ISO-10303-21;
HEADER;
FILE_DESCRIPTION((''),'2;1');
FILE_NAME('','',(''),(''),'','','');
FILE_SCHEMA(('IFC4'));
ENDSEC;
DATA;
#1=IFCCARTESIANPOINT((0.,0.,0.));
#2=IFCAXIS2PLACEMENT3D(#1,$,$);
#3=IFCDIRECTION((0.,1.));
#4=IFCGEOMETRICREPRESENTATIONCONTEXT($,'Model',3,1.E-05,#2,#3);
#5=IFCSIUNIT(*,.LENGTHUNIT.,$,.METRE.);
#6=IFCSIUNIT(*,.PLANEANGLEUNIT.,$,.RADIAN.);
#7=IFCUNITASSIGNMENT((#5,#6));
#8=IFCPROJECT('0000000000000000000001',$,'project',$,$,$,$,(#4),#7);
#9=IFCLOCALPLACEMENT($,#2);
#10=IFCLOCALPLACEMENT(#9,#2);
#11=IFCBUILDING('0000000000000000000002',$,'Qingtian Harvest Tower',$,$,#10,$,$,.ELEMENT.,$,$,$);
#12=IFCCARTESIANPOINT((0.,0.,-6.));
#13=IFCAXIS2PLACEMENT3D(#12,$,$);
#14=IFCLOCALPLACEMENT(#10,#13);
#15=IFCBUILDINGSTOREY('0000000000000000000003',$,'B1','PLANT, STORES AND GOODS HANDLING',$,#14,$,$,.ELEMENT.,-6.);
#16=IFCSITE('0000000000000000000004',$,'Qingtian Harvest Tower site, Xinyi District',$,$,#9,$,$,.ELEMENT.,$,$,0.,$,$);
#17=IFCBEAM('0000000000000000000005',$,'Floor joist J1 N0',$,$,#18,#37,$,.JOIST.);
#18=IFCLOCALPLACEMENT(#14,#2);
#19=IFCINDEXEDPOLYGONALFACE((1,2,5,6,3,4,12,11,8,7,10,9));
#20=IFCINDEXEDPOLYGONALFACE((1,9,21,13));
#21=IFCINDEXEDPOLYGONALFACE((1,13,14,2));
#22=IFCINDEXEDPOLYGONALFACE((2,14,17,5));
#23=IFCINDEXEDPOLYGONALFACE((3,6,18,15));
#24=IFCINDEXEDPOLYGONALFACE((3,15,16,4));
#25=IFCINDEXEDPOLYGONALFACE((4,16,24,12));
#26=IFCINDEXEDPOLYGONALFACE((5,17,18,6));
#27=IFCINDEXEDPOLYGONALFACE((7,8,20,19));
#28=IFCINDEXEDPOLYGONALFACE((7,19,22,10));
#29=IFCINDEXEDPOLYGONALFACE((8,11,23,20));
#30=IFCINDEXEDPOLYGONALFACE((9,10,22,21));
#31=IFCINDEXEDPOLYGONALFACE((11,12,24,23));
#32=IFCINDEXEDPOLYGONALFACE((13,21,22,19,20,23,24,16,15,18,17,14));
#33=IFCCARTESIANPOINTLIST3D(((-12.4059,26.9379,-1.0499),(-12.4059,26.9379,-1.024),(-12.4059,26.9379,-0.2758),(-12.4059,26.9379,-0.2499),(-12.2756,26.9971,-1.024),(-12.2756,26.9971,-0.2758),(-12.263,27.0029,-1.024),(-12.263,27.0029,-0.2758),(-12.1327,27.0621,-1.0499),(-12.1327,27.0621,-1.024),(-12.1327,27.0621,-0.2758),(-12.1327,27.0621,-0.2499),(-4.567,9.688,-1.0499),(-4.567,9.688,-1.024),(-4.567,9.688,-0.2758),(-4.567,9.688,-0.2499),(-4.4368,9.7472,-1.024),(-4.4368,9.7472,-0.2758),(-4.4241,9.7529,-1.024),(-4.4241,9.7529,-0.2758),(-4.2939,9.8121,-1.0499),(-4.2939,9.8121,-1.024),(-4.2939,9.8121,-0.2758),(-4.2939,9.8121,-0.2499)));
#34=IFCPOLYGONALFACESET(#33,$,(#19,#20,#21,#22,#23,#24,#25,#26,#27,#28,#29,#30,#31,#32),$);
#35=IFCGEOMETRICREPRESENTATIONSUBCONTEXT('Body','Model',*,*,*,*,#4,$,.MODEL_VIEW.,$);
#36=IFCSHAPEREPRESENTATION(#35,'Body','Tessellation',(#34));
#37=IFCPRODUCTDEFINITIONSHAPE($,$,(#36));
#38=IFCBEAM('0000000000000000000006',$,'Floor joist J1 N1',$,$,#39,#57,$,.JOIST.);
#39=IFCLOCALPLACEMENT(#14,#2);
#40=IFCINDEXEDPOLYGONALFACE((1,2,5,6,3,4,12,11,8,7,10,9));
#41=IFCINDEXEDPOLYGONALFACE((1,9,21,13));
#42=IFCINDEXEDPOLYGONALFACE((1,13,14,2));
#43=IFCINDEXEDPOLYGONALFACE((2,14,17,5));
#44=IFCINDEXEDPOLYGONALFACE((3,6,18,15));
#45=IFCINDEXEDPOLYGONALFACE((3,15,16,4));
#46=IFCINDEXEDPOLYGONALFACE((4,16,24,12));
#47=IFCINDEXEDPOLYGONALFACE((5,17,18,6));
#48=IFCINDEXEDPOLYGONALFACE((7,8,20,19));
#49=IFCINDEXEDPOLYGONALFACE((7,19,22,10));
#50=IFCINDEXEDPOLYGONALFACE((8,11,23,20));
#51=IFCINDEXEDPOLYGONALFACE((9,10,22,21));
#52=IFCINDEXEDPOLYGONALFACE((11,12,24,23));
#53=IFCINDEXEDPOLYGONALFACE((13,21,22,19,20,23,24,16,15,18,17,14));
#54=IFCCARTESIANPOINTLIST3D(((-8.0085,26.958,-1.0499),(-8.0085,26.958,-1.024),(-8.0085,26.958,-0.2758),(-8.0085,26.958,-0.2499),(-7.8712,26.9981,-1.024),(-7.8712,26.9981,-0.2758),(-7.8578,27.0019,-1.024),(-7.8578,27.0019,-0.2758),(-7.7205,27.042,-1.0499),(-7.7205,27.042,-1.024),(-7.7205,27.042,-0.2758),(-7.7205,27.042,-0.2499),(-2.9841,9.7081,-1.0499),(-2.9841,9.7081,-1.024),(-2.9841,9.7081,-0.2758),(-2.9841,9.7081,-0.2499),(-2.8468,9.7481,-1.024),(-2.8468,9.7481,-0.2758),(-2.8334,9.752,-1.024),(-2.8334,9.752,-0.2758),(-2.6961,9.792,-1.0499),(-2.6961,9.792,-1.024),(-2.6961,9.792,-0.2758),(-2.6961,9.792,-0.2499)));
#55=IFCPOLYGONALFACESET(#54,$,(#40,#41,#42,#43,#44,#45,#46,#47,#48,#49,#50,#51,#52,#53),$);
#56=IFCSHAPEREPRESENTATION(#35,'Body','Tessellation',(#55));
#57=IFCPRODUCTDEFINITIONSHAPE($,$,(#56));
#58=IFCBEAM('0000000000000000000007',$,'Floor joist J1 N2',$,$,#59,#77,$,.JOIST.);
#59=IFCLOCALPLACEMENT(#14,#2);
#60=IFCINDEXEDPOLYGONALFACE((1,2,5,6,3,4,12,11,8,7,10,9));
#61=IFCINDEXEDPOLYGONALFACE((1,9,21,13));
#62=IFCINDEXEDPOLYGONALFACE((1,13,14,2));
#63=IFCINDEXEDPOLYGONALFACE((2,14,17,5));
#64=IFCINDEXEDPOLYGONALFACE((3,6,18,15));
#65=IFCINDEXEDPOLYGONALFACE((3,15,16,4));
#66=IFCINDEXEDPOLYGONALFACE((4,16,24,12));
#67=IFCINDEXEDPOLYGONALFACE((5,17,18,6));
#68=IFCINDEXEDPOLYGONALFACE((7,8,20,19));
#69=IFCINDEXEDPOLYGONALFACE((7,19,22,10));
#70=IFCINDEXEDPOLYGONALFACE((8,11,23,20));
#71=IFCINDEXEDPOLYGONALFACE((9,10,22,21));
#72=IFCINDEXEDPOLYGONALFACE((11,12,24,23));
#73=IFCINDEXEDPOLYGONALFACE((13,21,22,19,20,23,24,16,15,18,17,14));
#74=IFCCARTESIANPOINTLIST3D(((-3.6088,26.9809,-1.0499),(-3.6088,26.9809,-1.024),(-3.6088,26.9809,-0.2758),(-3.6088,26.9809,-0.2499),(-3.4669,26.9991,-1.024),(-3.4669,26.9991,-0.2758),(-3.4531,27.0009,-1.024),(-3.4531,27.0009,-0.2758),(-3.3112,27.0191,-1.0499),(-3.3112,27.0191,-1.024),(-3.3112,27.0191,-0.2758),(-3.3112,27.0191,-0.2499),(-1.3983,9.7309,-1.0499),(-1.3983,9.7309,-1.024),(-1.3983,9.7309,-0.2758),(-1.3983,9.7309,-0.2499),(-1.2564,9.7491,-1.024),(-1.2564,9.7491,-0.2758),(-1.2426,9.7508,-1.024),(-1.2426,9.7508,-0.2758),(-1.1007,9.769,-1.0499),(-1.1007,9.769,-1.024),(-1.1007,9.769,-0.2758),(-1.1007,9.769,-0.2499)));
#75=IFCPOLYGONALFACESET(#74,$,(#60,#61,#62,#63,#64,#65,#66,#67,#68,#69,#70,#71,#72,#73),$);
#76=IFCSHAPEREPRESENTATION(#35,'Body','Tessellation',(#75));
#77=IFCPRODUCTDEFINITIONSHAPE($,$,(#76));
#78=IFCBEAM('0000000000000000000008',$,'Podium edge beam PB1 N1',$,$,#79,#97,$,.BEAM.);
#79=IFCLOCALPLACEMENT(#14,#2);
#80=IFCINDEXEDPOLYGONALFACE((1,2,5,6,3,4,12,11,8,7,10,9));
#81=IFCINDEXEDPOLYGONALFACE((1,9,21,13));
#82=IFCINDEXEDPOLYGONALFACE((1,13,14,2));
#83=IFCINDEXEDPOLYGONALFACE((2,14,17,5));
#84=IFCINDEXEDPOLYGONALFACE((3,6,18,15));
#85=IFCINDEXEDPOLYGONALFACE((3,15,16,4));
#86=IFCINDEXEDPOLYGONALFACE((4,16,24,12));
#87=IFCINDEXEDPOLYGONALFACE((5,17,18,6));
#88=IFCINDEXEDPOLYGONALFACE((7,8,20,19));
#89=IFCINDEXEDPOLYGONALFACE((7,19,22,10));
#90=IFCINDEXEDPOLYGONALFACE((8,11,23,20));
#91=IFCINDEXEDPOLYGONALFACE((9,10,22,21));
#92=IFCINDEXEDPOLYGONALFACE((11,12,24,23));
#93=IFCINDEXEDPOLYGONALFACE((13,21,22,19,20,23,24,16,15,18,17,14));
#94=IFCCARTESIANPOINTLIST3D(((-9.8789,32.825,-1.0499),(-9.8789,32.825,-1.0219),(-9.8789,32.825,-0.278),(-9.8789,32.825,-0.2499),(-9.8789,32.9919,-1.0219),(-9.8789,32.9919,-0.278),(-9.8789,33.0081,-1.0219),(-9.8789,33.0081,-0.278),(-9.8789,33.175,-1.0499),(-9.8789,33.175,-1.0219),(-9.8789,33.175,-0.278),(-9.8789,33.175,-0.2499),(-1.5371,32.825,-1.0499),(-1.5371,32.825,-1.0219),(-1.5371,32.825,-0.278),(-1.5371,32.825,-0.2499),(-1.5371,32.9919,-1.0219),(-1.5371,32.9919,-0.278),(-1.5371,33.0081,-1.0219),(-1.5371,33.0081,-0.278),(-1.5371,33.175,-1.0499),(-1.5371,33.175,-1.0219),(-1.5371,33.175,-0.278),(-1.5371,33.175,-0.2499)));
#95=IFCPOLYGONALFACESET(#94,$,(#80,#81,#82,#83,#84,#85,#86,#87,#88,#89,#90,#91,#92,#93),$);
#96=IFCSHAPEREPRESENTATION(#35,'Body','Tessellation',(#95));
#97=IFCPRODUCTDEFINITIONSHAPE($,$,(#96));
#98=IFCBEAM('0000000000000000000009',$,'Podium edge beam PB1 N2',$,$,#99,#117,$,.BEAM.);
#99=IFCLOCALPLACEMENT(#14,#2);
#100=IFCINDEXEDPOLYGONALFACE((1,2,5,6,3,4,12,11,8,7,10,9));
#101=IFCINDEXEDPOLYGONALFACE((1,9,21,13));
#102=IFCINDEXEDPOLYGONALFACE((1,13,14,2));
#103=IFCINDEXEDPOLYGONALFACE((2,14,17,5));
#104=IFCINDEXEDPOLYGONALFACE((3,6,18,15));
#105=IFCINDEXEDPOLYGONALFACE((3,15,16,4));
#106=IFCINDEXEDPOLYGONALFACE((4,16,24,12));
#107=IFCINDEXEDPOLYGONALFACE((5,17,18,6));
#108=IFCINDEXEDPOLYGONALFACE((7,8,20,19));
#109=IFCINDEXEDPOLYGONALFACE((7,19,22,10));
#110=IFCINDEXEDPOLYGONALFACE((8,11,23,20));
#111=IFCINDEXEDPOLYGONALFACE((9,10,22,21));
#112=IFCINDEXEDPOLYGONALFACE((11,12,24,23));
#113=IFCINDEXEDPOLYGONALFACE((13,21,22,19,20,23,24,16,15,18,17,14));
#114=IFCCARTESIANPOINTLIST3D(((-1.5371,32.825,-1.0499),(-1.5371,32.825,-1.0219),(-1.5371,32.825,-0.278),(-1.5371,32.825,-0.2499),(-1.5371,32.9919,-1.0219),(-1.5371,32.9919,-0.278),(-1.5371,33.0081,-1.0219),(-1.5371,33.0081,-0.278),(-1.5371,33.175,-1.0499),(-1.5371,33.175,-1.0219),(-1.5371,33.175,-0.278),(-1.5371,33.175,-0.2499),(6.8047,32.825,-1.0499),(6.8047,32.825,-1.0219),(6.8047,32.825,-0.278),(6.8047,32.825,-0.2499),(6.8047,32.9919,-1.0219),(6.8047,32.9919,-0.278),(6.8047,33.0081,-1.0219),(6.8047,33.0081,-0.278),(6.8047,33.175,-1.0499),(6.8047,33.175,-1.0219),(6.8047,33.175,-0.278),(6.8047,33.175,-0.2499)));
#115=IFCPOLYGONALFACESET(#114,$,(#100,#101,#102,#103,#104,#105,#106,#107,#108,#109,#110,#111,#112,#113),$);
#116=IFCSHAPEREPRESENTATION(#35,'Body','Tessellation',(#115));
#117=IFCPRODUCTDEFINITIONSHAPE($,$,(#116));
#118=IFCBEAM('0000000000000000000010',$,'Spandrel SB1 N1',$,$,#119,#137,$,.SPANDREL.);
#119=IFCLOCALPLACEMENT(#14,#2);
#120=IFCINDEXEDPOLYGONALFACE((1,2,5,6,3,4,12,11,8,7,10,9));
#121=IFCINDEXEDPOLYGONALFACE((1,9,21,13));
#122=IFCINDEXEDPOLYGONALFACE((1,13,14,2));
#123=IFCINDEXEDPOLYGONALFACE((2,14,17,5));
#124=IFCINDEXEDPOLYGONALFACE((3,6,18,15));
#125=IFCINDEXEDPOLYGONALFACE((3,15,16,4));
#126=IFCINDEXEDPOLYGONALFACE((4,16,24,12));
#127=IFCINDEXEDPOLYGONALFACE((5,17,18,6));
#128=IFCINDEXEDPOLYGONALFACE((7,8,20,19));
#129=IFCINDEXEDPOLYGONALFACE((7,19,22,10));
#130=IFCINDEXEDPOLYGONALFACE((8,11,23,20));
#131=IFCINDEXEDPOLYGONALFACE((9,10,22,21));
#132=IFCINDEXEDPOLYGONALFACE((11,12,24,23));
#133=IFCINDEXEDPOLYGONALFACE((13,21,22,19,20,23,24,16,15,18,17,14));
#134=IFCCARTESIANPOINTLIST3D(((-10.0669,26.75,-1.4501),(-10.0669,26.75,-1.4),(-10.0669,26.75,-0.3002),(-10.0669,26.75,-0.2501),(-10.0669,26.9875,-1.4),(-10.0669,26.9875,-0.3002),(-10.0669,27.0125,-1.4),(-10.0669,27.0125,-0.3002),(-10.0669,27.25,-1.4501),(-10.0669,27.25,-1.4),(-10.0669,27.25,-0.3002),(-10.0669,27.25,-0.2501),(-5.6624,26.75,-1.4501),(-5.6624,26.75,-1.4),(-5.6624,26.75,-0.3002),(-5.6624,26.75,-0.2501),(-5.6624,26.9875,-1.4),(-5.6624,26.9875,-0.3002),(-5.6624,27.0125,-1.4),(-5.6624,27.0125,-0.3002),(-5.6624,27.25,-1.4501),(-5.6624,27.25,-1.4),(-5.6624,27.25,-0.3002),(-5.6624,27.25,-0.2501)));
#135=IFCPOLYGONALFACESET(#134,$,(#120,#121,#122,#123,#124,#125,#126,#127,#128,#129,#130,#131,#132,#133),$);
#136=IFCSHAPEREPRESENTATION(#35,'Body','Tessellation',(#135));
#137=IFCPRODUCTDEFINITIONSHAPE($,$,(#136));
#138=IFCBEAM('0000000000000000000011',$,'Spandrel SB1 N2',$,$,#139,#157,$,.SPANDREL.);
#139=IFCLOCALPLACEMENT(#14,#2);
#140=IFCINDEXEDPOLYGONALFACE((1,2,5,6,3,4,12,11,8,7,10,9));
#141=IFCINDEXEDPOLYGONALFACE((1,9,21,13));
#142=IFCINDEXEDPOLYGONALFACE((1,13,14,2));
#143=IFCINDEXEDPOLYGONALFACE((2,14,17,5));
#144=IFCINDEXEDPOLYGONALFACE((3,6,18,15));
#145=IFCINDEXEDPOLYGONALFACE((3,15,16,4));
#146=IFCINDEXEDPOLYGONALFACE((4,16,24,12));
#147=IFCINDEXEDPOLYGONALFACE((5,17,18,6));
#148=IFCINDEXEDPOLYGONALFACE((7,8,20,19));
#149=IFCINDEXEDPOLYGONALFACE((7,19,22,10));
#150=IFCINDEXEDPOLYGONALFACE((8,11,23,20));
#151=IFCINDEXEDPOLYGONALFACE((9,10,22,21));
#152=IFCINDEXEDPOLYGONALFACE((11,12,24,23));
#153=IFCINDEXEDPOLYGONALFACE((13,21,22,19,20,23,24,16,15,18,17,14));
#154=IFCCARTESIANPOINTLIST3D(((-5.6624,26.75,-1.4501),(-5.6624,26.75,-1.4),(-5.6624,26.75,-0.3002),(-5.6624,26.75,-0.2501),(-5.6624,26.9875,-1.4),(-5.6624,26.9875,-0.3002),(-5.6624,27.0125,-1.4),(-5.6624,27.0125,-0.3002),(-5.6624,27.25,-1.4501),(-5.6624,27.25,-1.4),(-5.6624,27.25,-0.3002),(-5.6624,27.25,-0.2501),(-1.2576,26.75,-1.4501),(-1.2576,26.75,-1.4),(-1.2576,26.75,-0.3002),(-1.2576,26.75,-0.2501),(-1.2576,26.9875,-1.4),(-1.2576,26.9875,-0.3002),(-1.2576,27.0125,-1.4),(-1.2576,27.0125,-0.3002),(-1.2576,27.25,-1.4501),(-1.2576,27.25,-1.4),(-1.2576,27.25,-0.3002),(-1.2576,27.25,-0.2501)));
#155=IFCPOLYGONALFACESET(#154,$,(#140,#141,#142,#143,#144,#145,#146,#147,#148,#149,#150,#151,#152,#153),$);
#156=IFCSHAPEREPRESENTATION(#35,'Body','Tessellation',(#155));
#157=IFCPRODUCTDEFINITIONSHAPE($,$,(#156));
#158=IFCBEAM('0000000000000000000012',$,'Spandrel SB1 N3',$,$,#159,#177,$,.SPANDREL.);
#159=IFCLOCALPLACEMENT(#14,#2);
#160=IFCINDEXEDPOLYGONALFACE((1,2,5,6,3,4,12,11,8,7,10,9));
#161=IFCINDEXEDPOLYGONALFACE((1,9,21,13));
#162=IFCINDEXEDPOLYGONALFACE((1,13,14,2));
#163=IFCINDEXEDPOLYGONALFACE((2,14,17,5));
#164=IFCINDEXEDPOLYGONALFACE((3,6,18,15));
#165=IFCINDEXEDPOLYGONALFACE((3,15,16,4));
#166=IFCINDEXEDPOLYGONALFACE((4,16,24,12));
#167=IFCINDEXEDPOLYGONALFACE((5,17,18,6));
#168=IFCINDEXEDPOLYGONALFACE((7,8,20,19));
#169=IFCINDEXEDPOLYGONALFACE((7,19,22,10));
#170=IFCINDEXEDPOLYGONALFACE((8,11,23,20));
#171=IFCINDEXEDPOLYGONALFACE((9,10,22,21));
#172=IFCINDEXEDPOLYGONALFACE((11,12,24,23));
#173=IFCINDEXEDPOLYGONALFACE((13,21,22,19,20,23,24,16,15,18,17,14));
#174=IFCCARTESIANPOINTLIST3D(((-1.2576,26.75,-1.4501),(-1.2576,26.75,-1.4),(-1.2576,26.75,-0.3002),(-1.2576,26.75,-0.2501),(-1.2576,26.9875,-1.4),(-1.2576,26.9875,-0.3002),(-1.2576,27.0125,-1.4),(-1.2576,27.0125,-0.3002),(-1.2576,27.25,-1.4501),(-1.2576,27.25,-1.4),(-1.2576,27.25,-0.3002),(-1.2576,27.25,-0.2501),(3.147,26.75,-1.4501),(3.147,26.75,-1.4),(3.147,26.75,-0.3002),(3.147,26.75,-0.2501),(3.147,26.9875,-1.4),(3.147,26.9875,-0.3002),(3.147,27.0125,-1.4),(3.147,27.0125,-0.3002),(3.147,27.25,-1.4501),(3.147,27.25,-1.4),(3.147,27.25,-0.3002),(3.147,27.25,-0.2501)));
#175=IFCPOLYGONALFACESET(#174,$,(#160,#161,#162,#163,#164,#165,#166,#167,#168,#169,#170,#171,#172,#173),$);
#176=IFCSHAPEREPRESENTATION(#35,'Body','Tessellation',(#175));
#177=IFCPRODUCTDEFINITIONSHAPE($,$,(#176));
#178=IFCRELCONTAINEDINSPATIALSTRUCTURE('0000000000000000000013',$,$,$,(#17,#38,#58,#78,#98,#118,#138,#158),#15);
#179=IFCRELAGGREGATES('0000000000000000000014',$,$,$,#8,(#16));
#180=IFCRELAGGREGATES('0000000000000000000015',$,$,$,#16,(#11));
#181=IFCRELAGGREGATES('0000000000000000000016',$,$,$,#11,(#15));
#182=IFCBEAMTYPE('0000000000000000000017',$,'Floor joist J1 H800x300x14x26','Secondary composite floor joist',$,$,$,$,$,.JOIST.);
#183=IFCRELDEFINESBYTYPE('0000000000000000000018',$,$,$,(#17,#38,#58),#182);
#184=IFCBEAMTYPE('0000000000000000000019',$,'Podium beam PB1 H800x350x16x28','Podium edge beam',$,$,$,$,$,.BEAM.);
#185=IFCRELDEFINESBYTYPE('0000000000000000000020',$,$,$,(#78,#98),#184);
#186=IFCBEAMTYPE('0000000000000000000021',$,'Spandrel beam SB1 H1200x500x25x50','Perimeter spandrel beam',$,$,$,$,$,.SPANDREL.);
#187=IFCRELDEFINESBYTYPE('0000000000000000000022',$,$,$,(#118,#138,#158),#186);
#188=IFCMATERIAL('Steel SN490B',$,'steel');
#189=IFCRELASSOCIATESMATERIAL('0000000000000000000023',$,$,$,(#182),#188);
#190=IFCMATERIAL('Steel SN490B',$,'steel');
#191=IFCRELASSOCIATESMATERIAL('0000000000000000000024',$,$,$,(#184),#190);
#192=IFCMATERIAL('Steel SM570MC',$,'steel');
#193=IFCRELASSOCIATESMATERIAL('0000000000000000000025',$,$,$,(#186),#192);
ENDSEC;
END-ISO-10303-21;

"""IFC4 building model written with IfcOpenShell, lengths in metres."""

from ifc_helpers import new_model, si_unit, direction, frame, origin, origin_2d, place, context, subcontext, project, spatial, i_section, extrude, material, material_profile, profile_set, type_object, element, save


model = new_model("IFC4")

# Units and contexts
model_context = context("Model", 3, precision=1e-05, world=origin(), true_north=direction((0.0, 1.0)))
body_context = subcontext(model_context, "Body", "Model", "MODEL_VIEW")
ifc_project = project(units=[si_unit("LENGTHUNIT", "METRE"), si_unit("PLANEANGLEUNIT", "RADIAN")], contexts=[model_context])

# Site, building, storey
site_placement = place(None, origin())
site = spatial("IfcSite", under=ifc_project, at=site_placement, Name="Qingtian Harvest Tower site, Xinyi District", CompositionType="ELEMENT", RefElevation=0.0)
building_placement = place(site_placement, origin())
building = spatial("IfcBuilding", under=site, at=building_placement, Name="Qingtian Harvest Tower", CompositionType="ELEMENT")
storey_placement = place(building_placement, frame((0.0, 0.0, -6.0)))
storey = spatial("IfcBuildingStorey", under=building, at=storey_placement, Name="B1", Description="PLANT, STORES AND GOODS HANDLING", CompositionType="ELEMENT", Elevation=-6.0)

# Beams
ifc_material_1 = material(Name="Steel SN490B", Category="steel")
ifc_material_profile_1 = material_profile(ifc_material_1, i_section(OverallWidth=0.3, OverallDepth=0.8, WebThickness=0.0139, FlangeThickness=0.0259, at=origin_2d()), Name="H800x300x14x26")
ifc_profile_set_1 = profile_set([ifc_material_profile_1], Name="Steel SN490B")
beam_type_1 = type_object("IfcBeamType", Name="Floor joist J1 H800x300x14x26", Description="Secondary composite floor joist", PredefinedType="JOIST", material=ifc_profile_set_1)
beam_1_placement = place(storey_placement, frame((-12.2693, 27.0, -0.6499), z_axis=(0.413714, -0.910407, 0.0), x_axis=(0.910407, 0.413714, 0.0)))
element("IfcBeam", 1, at=beam_1_placement, inside=storey, type_object=beam_type_1, Name="Floor joist J1 N0", PredefinedType="JOIST", context=body_context, shape_type="SweptSolid", body=[
    extrude(i_section(OverallWidth=0.3, OverallDepth=0.8, WebThickness=0.0139, FlangeThickness=0.0259, at=origin_2d()), origin(), (0.0, 0.0, 1.0), 18.9475),
])
beam_2_placement = place(storey_placement, frame((-7.8645, 27.0, -0.6499), z_axis=(0.279649, -0.960102, 0.0), x_axis=(0.960102, 0.279649, 0.0)))
element("IfcBeam", 2, at=beam_2_placement, inside=storey, type_object=beam_type_1, Name="Floor joist J1 N1", PredefinedType="JOIST", context=body_context, shape_type="SweptSolid", body=[
    extrude(i_section(OverallWidth=0.3, OverallDepth=0.8, WebThickness=0.0139, FlangeThickness=0.0259, at=origin_2d()), origin(), (0.0, 0.0, 1.0), 17.9668),
])
beam_3_placement = place(storey_placement, frame((-3.46, 27.0, -0.6499), z_axis=(0.127103, -0.99189, 0.0), x_axis=(0.99189, 0.127103, 0.0)))
element("IfcBeam", 3, at=beam_3_placement, inside=storey, type_object=beam_type_1, Name="Floor joist J1 N2", PredefinedType="JOIST", context=body_context, shape_type="SweptSolid", body=[
    extrude(i_section(OverallWidth=0.3, OverallDepth=0.8, WebThickness=0.0139, FlangeThickness=0.0259, at=origin_2d()), origin(), (0.0, 0.0, 1.0), 17.3911),
])
ifc_material_2 = material(Name="Steel SN490B", Category="steel")
ifc_material_profile_2 = material_profile(ifc_material_2, i_section(OverallWidth=0.3501, OverallDepth=0.8, WebThickness=0.0161, FlangeThickness=0.0281, at=origin_2d()), Name="H800x350x16x28")
ifc_profile_set_2 = profile_set([ifc_material_profile_2], Name="Steel SN490B")
beam_type_2 = type_object("IfcBeamType", Name="Podium beam PB1 H800x350x16x28", Description="Podium edge beam", PredefinedType="BEAM", material=ifc_profile_set_2)
for number, where, z_axis, x_axis, name in (
    (4, (-9.8789, 33.0, -0.6499), (1.0, 0.0, 0.0), (0.0, 1.0, 0.0), "Podium edge beam PB1 N1"),
    (5, (-1.5371, 33.0, -0.6499), (1.0, 0.0, 0.0), (0.0, 1.0, 0.0), "Podium edge beam PB1 N2"),
):
    element("IfcBeam", number, at=place(storey_placement, frame(where, z_axis=z_axis, x_axis=x_axis)), inside=storey, type_object=beam_type_2, Name=name, PredefinedType="BEAM", context=body_context, shape_type="SweptSolid", body=[
        extrude(i_section(OverallWidth=0.3501, OverallDepth=0.8, WebThickness=0.0161, FlangeThickness=0.0281, at=origin_2d()), origin(), (0.0, 0.0, 1.0), 8.3418),
    ])
ifc_material_3 = material(Name="Steel SM570MC", Category="steel")
ifc_material_profile_3 = material_profile(ifc_material_3, i_section(OverallWidth=0.5, OverallDepth=1.2, WebThickness=0.0249, FlangeThickness=0.05, at=origin_2d()), Name="H1200x500x25x50")
ifc_profile_set_3 = profile_set([ifc_material_profile_3], Name="Steel SM570MC")
beam_type_3 = type_object("IfcBeamType", Name="Spandrel beam SB1 H1200x500x25x50", Description="Perimeter spandrel beam", PredefinedType="SPANDREL", material=ifc_profile_set_3)
beam_4_placement = place(storey_placement, frame((-10.0669, 27.0, -0.8501), z_axis=(1.0, 0.0, 0.0), x_axis=(0.0, 1.0, 0.0)))
element("IfcBeam", 6, at=beam_4_placement, inside=storey, type_object=beam_type_3, Name="Spandrel SB1 N1", PredefinedType="SPANDREL", context=body_context, shape_type="SweptSolid", body=[
    extrude(i_section(OverallWidth=0.5, OverallDepth=1.2, WebThickness=0.0249, FlangeThickness=0.05, at=origin_2d()), origin(), (0.0, 0.0, 1.0), 4.4045),
])
beam_5_placement = place(storey_placement, frame((-5.6624, 27.0, -0.8501), z_axis=(1.0, 0.0, 0.0), x_axis=(0.0, 1.0, 0.0)))
element("IfcBeam", 7, at=beam_5_placement, inside=storey, type_object=beam_type_3, Name="Spandrel SB1 N2", PredefinedType="SPANDREL", context=body_context, shape_type="SweptSolid", body=[
    extrude(i_section(OverallWidth=0.5, OverallDepth=1.2, WebThickness=0.0249, FlangeThickness=0.05, at=origin_2d()), origin(), (0.0, 0.0, 1.0), 4.4048),
])
beam_6_placement = place(storey_placement, frame((-1.2576, 27.0, -0.8501), z_axis=(1.0, 0.0, 0.0), x_axis=(0.0, 1.0, 0.0)))
element("IfcBeam", 8, at=beam_6_placement, inside=storey, type_object=beam_type_3, Name="Spandrel SB1 N3", PredefinedType="SPANDREL", context=body_context, shape_type="SweptSolid", body=[
    extrude(i_section(OverallWidth=0.5, OverallDepth=1.2, WebThickness=0.0249, FlangeThickness=0.05, at=origin_2d()), origin(), (0.0, 0.0, 1.0), 4.4045),
])

save(model, "model.ifc")
